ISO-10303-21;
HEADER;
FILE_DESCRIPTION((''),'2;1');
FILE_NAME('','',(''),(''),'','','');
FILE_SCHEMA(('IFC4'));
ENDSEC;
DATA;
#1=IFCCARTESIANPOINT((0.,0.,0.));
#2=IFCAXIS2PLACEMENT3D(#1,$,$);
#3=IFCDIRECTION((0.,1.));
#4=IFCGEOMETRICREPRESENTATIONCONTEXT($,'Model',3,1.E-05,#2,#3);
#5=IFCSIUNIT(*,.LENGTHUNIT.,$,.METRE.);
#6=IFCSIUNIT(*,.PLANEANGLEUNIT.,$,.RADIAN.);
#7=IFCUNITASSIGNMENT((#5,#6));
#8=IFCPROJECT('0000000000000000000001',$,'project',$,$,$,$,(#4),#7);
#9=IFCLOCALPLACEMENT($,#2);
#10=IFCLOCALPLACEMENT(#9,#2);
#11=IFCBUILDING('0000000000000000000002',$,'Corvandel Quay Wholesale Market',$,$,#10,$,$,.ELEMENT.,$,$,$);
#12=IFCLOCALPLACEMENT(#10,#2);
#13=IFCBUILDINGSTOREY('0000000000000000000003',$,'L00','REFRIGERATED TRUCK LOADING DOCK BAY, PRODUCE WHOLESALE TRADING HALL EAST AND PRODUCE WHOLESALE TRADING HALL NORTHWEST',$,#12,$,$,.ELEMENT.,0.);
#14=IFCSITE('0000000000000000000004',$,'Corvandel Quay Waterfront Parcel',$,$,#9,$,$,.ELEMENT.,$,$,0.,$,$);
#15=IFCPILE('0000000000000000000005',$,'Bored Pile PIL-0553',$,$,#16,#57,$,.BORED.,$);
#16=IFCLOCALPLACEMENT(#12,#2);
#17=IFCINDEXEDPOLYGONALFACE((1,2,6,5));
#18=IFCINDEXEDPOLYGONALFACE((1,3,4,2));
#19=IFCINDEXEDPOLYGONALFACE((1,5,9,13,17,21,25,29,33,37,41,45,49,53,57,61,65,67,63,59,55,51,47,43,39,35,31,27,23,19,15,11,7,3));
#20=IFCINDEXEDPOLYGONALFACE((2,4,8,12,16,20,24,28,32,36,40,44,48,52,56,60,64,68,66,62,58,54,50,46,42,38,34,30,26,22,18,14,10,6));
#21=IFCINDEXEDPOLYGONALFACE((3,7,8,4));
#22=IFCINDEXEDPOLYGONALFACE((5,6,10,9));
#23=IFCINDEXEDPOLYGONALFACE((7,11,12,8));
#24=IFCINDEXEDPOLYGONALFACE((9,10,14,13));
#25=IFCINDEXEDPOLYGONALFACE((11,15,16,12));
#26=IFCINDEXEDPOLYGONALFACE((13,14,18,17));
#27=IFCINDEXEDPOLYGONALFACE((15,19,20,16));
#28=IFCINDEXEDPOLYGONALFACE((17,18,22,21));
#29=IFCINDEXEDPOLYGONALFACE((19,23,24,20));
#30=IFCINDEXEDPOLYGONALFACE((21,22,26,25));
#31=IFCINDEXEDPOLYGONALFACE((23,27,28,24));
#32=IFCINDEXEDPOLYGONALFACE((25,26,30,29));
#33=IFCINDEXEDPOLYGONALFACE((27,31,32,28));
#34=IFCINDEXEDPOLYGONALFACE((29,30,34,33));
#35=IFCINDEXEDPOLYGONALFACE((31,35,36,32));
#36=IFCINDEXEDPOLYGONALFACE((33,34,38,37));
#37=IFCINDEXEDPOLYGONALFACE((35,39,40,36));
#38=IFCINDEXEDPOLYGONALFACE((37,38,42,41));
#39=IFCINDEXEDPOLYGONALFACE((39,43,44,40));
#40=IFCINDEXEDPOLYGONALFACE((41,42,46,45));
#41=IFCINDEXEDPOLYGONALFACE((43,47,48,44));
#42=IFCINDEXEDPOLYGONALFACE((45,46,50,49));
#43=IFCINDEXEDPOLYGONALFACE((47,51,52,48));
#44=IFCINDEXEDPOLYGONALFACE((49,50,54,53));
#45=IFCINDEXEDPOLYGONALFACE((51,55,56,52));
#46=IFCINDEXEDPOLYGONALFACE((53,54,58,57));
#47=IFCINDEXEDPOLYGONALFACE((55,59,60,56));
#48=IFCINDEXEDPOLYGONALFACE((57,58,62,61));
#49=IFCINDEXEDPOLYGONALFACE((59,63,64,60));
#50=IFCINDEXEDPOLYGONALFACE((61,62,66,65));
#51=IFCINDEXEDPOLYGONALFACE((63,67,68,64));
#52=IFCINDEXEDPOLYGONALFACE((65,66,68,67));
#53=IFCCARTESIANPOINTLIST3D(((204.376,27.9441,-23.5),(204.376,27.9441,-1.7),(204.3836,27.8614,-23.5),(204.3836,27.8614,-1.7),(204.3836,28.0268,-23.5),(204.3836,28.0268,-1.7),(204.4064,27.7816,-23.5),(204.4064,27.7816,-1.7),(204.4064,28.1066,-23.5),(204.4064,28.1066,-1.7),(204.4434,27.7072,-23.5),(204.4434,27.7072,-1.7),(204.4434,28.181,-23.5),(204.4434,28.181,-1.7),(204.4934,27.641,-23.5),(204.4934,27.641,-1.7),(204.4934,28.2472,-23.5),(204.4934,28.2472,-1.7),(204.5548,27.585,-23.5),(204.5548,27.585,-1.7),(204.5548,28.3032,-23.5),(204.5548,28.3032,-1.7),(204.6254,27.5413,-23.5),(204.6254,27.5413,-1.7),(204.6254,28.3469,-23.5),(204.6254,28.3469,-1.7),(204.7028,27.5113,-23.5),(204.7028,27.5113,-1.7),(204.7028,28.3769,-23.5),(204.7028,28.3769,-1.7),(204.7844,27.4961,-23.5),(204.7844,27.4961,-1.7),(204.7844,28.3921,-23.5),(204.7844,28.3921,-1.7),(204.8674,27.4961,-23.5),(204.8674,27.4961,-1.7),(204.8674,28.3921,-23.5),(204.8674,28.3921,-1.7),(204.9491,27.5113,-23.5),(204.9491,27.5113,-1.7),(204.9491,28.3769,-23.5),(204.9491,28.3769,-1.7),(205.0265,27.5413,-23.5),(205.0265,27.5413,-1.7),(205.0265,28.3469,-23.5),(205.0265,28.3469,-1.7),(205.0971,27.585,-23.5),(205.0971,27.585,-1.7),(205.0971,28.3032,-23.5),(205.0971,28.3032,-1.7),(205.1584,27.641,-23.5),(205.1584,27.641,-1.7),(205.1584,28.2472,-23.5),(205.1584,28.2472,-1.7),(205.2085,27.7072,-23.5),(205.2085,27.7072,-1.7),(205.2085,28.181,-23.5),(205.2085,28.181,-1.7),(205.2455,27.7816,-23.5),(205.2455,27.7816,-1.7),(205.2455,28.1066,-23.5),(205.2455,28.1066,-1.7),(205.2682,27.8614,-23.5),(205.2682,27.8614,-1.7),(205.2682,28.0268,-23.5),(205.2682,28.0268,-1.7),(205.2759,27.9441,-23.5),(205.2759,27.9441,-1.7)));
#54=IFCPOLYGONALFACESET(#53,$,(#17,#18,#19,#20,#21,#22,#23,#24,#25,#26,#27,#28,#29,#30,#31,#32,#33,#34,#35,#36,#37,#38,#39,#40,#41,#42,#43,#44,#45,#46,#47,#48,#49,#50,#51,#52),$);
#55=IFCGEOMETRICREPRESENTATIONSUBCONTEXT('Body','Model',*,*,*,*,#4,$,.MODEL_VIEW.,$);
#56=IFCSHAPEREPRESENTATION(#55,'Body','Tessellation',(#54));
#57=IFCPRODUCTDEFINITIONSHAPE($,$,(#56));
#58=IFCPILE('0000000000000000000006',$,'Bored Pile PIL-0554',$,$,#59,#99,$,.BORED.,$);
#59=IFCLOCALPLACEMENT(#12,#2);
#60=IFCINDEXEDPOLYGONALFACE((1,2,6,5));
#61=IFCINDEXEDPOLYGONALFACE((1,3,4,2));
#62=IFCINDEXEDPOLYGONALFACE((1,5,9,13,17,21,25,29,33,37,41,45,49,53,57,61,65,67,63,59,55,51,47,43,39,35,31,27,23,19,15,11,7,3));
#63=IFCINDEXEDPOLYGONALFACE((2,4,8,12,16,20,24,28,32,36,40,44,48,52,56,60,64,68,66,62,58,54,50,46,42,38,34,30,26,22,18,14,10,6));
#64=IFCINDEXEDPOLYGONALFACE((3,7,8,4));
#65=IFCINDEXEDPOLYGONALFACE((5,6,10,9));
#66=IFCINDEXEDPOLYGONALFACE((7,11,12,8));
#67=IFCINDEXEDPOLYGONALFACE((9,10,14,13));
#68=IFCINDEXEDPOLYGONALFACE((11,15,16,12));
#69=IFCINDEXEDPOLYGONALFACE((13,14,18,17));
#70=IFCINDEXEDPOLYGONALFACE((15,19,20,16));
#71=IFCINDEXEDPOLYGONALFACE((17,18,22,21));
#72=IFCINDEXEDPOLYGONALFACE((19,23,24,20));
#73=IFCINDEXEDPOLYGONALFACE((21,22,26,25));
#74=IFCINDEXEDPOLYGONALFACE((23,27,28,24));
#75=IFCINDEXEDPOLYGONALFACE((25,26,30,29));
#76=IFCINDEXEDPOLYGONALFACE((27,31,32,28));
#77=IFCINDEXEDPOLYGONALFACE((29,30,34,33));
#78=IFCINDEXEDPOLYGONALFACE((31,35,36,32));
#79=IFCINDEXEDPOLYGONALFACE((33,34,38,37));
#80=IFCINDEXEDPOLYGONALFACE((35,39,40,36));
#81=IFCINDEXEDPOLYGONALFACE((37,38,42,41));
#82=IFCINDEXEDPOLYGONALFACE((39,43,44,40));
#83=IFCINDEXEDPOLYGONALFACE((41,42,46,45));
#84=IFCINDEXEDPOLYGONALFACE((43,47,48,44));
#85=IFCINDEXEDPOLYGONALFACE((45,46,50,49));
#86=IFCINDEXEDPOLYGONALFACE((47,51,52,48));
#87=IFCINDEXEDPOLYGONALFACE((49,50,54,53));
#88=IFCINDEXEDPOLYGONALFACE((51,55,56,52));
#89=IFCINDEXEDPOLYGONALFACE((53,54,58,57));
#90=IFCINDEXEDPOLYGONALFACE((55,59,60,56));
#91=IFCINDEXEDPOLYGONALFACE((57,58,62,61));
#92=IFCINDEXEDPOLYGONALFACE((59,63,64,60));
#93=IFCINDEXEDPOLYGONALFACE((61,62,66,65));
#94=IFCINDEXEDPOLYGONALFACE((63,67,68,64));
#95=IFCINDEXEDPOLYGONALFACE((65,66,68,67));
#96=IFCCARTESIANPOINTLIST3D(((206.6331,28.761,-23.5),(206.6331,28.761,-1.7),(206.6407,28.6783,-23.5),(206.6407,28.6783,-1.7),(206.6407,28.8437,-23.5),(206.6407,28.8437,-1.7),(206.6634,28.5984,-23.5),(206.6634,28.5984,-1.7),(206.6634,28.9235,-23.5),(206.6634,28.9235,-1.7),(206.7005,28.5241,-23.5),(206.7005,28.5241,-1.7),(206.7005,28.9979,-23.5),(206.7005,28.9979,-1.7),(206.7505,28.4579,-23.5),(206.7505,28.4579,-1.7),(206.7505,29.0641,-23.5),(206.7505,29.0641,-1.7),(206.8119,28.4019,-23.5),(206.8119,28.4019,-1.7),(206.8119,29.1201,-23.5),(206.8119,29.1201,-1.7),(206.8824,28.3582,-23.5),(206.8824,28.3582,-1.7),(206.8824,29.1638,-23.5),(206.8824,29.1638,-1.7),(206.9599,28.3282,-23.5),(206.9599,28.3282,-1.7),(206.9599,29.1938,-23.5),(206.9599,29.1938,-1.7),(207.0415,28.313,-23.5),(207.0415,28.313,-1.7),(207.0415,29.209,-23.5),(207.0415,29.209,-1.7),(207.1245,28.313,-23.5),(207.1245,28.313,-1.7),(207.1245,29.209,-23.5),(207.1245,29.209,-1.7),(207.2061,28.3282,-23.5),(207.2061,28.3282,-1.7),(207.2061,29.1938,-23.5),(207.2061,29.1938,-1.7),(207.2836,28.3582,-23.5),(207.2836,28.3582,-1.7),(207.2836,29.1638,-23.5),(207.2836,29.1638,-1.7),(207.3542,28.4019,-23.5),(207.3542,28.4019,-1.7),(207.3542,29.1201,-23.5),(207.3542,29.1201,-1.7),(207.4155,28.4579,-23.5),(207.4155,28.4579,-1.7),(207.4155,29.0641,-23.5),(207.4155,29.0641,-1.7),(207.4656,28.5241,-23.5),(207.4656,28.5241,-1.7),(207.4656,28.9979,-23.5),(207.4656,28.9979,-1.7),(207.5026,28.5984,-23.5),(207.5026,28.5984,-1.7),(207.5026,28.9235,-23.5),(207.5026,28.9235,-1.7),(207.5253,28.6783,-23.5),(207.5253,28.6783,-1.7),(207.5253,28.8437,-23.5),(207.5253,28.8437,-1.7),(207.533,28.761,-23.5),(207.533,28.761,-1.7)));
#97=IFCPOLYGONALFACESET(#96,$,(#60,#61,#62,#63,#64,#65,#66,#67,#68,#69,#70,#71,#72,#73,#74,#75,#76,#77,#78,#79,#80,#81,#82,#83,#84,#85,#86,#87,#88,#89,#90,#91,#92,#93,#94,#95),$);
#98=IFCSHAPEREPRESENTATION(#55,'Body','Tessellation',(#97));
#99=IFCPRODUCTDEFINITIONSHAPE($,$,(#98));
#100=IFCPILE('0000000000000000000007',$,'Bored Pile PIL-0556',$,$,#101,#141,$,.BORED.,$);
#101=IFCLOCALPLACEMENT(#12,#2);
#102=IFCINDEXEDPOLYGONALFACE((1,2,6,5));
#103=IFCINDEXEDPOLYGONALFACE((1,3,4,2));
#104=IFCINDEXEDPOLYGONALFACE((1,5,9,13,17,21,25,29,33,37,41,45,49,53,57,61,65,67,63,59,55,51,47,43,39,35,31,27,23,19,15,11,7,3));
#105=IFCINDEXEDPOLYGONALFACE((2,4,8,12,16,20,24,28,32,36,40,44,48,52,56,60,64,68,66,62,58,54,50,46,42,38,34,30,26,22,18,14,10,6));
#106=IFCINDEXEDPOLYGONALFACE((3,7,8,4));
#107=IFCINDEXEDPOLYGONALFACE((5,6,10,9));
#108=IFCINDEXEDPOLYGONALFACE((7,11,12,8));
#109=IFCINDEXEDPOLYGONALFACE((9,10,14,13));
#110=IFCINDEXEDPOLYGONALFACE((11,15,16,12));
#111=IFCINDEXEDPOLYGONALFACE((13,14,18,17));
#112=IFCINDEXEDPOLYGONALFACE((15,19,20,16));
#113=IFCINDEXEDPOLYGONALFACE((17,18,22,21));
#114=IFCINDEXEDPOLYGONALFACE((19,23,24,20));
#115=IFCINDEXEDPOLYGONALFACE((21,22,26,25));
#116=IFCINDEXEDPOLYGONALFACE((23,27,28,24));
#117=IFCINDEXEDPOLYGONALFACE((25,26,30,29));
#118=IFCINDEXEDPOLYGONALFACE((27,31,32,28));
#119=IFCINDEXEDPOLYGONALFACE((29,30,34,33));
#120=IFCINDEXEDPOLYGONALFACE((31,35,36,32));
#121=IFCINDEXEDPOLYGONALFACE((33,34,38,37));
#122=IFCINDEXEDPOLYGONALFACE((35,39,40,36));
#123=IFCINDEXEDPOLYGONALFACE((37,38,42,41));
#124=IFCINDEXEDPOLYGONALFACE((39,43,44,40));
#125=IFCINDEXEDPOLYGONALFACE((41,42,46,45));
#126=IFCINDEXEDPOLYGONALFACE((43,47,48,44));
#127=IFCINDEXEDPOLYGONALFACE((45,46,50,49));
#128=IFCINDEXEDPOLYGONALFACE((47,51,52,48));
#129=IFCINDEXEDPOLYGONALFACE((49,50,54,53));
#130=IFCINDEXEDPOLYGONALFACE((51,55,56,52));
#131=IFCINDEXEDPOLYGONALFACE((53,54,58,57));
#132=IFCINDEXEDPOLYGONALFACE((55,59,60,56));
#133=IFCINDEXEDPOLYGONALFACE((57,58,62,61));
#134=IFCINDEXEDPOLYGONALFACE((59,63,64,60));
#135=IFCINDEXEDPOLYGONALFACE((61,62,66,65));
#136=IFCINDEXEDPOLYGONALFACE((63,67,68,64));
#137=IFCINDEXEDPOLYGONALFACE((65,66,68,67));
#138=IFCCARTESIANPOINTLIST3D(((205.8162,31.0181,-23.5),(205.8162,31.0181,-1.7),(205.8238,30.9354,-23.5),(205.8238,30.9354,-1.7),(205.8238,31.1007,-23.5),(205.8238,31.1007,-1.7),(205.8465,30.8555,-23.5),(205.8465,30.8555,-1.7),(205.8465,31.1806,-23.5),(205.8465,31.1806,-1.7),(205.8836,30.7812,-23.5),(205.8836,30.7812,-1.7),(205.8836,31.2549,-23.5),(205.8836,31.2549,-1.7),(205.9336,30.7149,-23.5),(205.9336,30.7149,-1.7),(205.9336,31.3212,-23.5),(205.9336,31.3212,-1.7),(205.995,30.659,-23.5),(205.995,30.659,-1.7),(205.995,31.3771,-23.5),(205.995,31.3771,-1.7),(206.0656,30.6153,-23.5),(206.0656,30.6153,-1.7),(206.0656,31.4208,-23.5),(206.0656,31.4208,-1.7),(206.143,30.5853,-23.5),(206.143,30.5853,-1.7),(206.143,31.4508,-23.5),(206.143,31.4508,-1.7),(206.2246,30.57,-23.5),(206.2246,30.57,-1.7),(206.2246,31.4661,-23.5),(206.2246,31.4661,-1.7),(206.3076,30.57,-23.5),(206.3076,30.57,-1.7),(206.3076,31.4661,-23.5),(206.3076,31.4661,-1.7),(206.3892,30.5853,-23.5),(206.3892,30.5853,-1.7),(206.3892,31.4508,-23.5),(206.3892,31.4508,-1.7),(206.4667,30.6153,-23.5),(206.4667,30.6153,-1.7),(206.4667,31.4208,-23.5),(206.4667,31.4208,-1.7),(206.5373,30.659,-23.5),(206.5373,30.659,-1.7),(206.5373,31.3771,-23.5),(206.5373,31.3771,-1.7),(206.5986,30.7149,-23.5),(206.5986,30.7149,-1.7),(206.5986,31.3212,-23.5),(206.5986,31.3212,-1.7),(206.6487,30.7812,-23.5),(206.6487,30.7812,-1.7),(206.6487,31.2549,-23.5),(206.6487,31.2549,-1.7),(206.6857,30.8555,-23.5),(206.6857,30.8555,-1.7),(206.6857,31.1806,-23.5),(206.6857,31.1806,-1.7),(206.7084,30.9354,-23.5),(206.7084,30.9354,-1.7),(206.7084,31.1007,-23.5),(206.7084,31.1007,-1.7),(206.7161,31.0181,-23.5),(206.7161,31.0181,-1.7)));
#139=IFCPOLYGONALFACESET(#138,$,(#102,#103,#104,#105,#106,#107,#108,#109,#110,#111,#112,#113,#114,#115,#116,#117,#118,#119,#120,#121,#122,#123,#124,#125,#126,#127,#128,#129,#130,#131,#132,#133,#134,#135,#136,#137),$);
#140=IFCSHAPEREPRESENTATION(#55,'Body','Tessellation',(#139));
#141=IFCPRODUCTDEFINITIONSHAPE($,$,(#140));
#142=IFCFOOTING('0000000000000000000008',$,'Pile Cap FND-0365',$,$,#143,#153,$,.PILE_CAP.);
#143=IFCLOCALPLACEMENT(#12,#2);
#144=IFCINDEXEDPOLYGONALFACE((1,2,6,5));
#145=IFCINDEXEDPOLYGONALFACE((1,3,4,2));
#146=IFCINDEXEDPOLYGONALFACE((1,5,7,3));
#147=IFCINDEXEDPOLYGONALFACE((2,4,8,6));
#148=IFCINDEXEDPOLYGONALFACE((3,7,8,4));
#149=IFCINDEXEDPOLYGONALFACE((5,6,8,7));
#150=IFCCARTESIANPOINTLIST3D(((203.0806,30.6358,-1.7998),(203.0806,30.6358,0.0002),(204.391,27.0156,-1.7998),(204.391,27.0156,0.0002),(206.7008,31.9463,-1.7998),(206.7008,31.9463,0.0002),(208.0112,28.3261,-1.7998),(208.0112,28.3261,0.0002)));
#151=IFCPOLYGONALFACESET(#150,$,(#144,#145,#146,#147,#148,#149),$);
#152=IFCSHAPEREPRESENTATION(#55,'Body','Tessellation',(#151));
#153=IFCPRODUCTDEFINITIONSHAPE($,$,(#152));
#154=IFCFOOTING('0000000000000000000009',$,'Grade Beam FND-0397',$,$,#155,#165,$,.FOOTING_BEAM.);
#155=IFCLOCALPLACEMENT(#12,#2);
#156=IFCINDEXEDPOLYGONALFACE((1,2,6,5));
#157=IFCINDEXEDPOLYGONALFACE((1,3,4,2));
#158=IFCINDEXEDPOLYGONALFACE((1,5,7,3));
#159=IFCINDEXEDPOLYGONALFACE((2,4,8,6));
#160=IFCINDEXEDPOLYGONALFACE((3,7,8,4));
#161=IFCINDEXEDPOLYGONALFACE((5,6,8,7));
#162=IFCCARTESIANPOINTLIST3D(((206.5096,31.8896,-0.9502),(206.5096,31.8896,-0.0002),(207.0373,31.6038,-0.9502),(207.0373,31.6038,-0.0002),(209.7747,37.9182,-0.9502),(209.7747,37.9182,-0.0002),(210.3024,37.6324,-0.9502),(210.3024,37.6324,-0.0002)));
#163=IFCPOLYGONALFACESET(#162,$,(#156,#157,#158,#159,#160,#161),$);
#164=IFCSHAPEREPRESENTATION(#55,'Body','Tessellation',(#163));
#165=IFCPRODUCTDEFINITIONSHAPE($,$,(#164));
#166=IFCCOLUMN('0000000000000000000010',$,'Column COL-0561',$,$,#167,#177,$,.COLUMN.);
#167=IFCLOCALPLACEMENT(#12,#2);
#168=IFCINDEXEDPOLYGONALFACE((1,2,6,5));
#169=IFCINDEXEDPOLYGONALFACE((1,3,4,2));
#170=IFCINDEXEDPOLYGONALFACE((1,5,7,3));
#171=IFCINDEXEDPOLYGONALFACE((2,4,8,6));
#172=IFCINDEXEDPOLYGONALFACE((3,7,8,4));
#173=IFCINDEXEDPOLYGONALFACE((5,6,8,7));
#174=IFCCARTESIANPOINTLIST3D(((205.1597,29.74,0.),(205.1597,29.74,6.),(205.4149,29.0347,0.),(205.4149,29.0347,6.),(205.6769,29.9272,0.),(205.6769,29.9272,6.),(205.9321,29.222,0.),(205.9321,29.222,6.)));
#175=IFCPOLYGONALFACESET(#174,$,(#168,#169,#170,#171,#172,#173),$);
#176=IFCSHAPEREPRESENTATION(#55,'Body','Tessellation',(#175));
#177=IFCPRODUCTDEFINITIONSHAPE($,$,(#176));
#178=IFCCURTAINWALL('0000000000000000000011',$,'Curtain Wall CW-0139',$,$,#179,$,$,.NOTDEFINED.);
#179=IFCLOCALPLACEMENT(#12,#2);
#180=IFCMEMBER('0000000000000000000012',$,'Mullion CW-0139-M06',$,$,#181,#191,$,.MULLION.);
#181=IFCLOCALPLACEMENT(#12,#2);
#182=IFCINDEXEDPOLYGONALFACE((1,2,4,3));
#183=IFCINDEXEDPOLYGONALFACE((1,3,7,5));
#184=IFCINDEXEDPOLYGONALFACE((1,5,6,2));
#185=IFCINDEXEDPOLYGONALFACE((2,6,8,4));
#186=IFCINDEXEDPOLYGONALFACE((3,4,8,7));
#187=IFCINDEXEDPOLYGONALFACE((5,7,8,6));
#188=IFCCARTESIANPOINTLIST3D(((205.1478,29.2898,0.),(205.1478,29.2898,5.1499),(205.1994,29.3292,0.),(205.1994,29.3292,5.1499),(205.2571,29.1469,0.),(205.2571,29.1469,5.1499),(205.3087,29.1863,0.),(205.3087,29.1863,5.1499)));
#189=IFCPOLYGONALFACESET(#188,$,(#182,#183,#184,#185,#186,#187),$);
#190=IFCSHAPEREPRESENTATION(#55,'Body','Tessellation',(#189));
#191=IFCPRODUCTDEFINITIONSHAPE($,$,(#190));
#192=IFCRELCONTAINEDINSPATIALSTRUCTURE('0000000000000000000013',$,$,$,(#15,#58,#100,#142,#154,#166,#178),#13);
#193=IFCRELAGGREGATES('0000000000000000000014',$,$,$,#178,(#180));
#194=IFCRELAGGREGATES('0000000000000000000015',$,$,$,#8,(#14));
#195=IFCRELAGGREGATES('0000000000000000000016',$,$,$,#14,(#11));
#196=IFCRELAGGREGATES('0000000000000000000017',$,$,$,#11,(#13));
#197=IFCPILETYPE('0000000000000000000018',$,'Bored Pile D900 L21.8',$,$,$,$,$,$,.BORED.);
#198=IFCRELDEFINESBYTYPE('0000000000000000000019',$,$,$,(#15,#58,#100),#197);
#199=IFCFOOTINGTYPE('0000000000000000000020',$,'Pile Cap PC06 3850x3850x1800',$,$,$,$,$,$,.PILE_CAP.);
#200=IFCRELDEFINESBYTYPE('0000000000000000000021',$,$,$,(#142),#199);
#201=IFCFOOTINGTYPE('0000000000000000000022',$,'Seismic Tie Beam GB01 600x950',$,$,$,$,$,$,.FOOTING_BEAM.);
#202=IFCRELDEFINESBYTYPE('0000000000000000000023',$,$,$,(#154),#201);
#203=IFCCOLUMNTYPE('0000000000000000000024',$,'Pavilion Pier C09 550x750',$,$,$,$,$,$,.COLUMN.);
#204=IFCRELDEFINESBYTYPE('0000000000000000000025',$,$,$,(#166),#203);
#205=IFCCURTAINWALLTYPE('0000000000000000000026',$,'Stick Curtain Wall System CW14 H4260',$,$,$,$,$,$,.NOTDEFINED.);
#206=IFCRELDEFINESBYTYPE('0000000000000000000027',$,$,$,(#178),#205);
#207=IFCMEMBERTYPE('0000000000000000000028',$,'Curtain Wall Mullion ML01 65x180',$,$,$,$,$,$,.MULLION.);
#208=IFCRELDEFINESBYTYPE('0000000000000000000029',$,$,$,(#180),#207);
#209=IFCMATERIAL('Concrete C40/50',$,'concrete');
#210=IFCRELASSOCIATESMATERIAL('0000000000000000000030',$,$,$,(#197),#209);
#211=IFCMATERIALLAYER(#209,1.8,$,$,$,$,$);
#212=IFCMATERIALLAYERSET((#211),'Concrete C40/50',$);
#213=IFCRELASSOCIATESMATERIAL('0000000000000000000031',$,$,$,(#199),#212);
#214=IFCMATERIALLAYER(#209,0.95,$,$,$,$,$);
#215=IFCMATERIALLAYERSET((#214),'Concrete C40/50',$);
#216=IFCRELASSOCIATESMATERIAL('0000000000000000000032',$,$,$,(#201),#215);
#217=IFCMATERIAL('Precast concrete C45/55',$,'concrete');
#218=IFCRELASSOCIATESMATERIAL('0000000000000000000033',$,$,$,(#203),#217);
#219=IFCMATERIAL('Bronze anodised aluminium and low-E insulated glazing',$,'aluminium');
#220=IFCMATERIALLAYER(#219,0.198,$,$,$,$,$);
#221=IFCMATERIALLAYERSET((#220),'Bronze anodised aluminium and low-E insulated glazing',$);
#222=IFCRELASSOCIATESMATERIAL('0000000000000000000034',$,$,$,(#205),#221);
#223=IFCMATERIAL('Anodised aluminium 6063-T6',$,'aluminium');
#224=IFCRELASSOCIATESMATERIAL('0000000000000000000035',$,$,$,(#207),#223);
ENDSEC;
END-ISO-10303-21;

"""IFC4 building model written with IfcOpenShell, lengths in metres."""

from ifc_helpers import new_model, si_unit, direction, frame, origin, origin_2d, place, context, subcontext, project, spatial, rectangle, circle, extrude, material, layer, layer_set, material_profile, profile_set, type_object, element, aggregate, save


model = new_model("IFC4")

# Units and contexts
model_context = context("Model", 3, precision=1e-05, world=origin(), true_north=direction((0.0, 1.0)))
body_context = subcontext(model_context, "Body", "Model", "MODEL_VIEW")
ifc_project = project(units=[si_unit("LENGTHUNIT", "METRE"), si_unit("PLANEANGLEUNIT", "RADIAN")], contexts=[model_context])

# Site, building, storey
site_placement = place(None, origin())
site = spatial("IfcSite", under=ifc_project, at=site_placement, Name="Corvandel Quay Waterfront Parcel", CompositionType="ELEMENT", RefElevation=0.0)
building_placement = place(site_placement, origin())
building = spatial("IfcBuilding", under=site, at=building_placement, Name="Corvandel Quay Wholesale Market", CompositionType="ELEMENT")
storey_placement = place(building_placement, origin())
storey = spatial("IfcBuildingStorey", under=building, at=storey_placement, Name="L00", Description="REFRIGERATED TRUCK LOADING DOCK BAY, PRODUCE WHOLESALE TRADING HALL EAST AND PRODUCE WHOLESALE TRADING HALL NORTHWEST", CompositionType="ELEMENT", Elevation=0.0)

# Piles
ifc_material_1 = material(Name="Concrete C40/50", Category="concrete")
ifc_material_profile_1 = material_profile(ifc_material_1, circle(Radius=0.45, at=origin_2d()), Name="RC-PILE-D900")
ifc_profile_set_1 = profile_set([ifc_material_profile_1], Name="Concrete C40/50")
pile_type = type_object("IfcPileType", Name="Bored Pile D900 L21.8", PredefinedType="BORED", material=ifc_profile_set_1)
for number, where, z_axis, x_axis, name in (
    (1, (204.8259, 27.9441, -1.7), (0.0, 0.0, -1.0), (1.0, 0.0, 0.0), "Bored Pile PIL-0553"),
    (2, (207.083, 28.761, -1.7), (0.0, 0.0, -1.0), (1.0, 0.0, 0.0), "Bored Pile PIL-0554"),
    (3, (206.2661, 31.0181, -1.7), (0.0, 0.0, -1.0), (1.0, 0.0, 0.0), "Bored Pile PIL-0556"),
):
    element("IfcPile", number, at=place(storey_placement, frame(where, z_axis=z_axis, x_axis=x_axis)), inside=storey, type_object=pile_type, Name=name, PredefinedType="BORED", context=body_context, shape_type="SweptSolid", body=[
        extrude(circle(Radius=0.45, at=origin_2d()), origin(), (0.0, 0.0, 1.0), 21.8),
    ])

# Footings
ifc_layer_1 = layer(ifc_material_1, 1.8)
ifc_layer_set_1 = layer_set([ifc_layer_1], Name="Concrete C40/50")
footing_type_1 = type_object("IfcFootingType", Name="Pile Cap PC06 3850x3850x1800", PredefinedType="PILE_CAP", material=ifc_layer_set_1)
footing_1_placement = place(storey_placement, frame((205.5459, 29.481, -1.7998), z_axis=(0.0, 0.0, 1.0), x_axis=(0.940288, 0.34038, 0.0)))
element("IfcFooting", 4, at=footing_1_placement, inside=storey, type_object=footing_type_1, Name="Pile Cap FND-0365", PredefinedType="PILE_CAP", context=body_context, shape_type="SweptSolid", body=[
    extrude(rectangle(XDim=3.8501, YDim=3.8501, at=origin_2d()), origin(), (0.0, 0.0, 1.0), 1.8),
])
ifc_layer_2 = layer(ifc_material_1, 0.95)
ifc_layer_set_2 = layer_set([ifc_layer_2], Name="Concrete C40/50")
footing_type_2 = type_object("IfcFootingType", Name="Seismic Tie Beam GB01 600x950", PredefinedType="FOOTING_BEAM", material=ifc_layer_set_2)
footing_2_placement = place(storey_placement, frame((208.406, 34.761, -0.9502), z_axis=(0.0, 0.0, 1.0), x_axis=(0.476238, 0.879316, 0.0)))
element("IfcFooting", 5, at=footing_2_placement, inside=storey, type_object=footing_type_2, Name="Grade Beam FND-0397", PredefinedType="FOOTING_BEAM", context=body_context, shape_type="SweptSolid", body=[
    extrude(rectangle(XDim=6.856, YDim=0.6001, at=origin_2d()), origin(), (0.0, 0.0, 1.0), 0.95),
])

# Column
ifc_material_2 = material(Name="Precast concrete C45/55", Category="concrete")
ifc_material_profile_2 = material_profile(ifc_material_2, rectangle(XDim=0.55, YDim=0.75, at=origin_2d()), Name="PC-COL-550x750")
ifc_profile_set_2 = profile_set([ifc_material_profile_2], Name="Precast concrete C45/55")
column_type = type_object("IfcColumnType", Name="Pavilion Pier C09 550x750", PredefinedType="COLUMN", material=ifc_profile_set_2)
column_placement = place(storey_placement, frame((205.5459, 29.481, 0.0), z_axis=(0.0, 0.0, 1.0), x_axis=(0.940288, 0.34038, 0.0)))
element("IfcColumn", 6, at=column_placement, inside=storey, type_object=column_type, Name="Column COL-0561", PredefinedType="COLUMN", context=body_context, shape_type="SweptSolid", body=[
    extrude(rectangle(XDim=0.55, YDim=0.75, at=origin_2d()), origin(), (0.0, 0.0, 1.0), 6.0),
])

# Curtain wall, member
ifc_material_3 = material(Name="Bronze anodised aluminium and low-E insulated glazing", Category="aluminium")
ifc_layer_3 = layer(ifc_material_3, 0.198)
ifc_layer_set_3 = layer_set([ifc_layer_3], Name="Bronze anodised aluminium and low-E insulated glazing")
curtain_wall_type = type_object("IfcCurtainWallType", Name="Stick Curtain Wall System CW14 H4260", PredefinedType="NOTDEFINED", material=ifc_layer_set_3)
curtain_wall_placement = place(storey_placement, origin())
curtain_wall = element("IfcCurtainWall", 7, at=curtain_wall_placement, inside=storey, type_object=curtain_wall_type, Name="Curtain Wall CW-0139", PredefinedType="NOTDEFINED")
ifc_material_4 = material(Name="Anodised aluminium 6063-T6", Category="aluminium")
ifc_material_profile_3 = material_profile(ifc_material_4, rectangle(XDim=0.0649, YDim=0.1799, at=origin_2d()), Name="ALU-MUL-65x180")
ifc_profile_set_3 = profile_set([ifc_material_profile_3], Name="Anodised aluminium 6063-T6")
member_type = type_object("IfcMemberType", Name="Curtain Wall Mullion ML01 65x180", PredefinedType="MULLION", material=ifc_profile_set_3)
member_placement = place(storey_placement, frame((205.2283, 29.238, 0.0), z_axis=(0.0, 0.0, 1.0), x_axis=(0.794309, 0.607514, 0.0)))
member = element("IfcMember", 8, at=member_placement, type_object=member_type, Name="Mullion CW-0139-M06", PredefinedType="MULLION", context=body_context, shape_type="SweptSolid", body=[
    extrude(rectangle(XDim=0.0649, YDim=0.1799, at=origin_2d()), origin(), (0.0, 0.0, 1.0), 5.1499),
])
aggregate(curtain_wall, [member])

save(model, "model.ifc")
